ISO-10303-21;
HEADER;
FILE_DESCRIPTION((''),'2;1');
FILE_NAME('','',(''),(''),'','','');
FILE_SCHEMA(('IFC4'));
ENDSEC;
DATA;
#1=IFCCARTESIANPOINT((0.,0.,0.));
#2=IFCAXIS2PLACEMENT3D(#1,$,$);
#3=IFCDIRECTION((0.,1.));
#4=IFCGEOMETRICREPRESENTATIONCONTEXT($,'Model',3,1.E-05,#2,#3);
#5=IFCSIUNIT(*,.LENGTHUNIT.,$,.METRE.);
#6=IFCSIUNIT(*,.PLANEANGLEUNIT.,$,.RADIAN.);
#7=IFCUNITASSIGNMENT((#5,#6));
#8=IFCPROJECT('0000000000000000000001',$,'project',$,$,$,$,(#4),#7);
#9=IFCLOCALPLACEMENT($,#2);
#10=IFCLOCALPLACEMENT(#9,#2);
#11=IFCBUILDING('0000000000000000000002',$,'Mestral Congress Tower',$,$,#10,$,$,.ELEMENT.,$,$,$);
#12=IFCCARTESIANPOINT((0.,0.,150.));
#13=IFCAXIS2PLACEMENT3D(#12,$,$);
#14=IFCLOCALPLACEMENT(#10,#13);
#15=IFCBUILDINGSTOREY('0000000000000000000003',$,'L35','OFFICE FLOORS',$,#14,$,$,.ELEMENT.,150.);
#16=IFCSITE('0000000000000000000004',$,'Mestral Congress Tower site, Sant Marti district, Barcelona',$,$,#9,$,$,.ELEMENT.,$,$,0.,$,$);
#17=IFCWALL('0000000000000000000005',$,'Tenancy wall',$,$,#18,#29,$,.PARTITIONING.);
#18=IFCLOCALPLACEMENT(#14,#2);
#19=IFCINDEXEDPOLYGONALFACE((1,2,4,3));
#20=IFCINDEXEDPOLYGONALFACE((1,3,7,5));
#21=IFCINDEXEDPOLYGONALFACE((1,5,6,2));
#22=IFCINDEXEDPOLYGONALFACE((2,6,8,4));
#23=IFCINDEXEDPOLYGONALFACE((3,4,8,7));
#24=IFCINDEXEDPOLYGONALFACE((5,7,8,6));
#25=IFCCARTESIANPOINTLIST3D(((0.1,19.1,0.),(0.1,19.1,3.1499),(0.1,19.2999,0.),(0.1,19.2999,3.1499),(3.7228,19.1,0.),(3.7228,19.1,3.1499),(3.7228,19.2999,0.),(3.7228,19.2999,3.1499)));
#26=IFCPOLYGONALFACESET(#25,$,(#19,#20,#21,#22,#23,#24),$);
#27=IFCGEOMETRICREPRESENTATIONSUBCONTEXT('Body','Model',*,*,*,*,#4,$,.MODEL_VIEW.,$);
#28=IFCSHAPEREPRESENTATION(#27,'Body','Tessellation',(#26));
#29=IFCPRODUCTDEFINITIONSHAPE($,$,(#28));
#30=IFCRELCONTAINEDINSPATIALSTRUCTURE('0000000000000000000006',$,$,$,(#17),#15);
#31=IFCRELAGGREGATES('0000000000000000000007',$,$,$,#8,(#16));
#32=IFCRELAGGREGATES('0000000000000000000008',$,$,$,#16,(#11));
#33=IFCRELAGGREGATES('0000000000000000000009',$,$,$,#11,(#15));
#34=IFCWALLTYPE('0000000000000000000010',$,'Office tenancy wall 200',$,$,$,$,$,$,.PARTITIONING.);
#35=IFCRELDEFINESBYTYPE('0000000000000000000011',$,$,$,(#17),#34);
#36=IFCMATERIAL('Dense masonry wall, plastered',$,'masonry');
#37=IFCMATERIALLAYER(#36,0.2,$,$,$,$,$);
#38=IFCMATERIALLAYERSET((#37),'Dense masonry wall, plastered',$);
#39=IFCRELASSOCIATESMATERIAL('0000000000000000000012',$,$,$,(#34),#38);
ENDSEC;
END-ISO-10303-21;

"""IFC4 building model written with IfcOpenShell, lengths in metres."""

from ifc_helpers import new_model, si_unit, direction, frame, frame_2d, origin, place, context, subcontext, project, spatial, rectangle, extrude, material, layer, layer_set, type_object, element, save


model = new_model("IFC4")

# Units and contexts
model_context = context("Model", 3, precision=1e-05, world=origin(), true_north=direction((0.0, 1.0)))
body_context = subcontext(model_context, "Body", "Model", "MODEL_VIEW")
ifc_project = project(units=[si_unit("LENGTHUNIT", "METRE"), si_unit("PLANEANGLEUNIT", "RADIAN")], contexts=[model_context])

# Site, building, storey
site_placement = place(None, origin())
site = spatial("IfcSite", under=ifc_project, at=site_placement, Name="Mestral Congress Tower site, Sant Marti district, Barcelona", CompositionType="ELEMENT", RefElevation=0.0)
building_placement = place(site_placement, origin())
building = spatial("IfcBuilding", under=site, at=building_placement, Name="Mestral Congress Tower", CompositionType="ELEMENT")
storey_placement = place(building_placement, frame((0.0, 0.0, 150.0)))
storey = spatial("IfcBuildingStorey", under=building, at=storey_placement, Name="L35", Description="OFFICE FLOORS", CompositionType="ELEMENT", Elevation=150.0)

# Wall
ifc_material_1 = material(Name="Dense masonry wall, plastered", Category="masonry")
ifc_layer_1 = layer(ifc_material_1, 0.2)
ifc_layer_set_1 = layer_set([ifc_layer_1], Name="Dense masonry wall, plastered")
wall_type_1 = type_object("IfcWallType", Name="Office tenancy wall 200", PredefinedType="PARTITIONING", material=ifc_layer_set_1)
wall_1_placement = place(storey_placement, frame((3.7229, 19.2, 0.0), z_axis=(0.0, 0.0, 1.0), x_axis=(-1.0, 0.0, 0.0)))
element("IfcWall", 1, at=wall_1_placement, inside=storey, type_object=wall_type_1, Name="Tenancy wall", PredefinedType="PARTITIONING", context=body_context, shape_type="SweptSolid", body=[
    extrude(rectangle(XDim=3.6228, YDim=0.2, at=frame_2d((1.8115, 0.0))), origin(), (0.0, 0.0, 1.0), 3.1499),
])

save(model, "model.ifc")
